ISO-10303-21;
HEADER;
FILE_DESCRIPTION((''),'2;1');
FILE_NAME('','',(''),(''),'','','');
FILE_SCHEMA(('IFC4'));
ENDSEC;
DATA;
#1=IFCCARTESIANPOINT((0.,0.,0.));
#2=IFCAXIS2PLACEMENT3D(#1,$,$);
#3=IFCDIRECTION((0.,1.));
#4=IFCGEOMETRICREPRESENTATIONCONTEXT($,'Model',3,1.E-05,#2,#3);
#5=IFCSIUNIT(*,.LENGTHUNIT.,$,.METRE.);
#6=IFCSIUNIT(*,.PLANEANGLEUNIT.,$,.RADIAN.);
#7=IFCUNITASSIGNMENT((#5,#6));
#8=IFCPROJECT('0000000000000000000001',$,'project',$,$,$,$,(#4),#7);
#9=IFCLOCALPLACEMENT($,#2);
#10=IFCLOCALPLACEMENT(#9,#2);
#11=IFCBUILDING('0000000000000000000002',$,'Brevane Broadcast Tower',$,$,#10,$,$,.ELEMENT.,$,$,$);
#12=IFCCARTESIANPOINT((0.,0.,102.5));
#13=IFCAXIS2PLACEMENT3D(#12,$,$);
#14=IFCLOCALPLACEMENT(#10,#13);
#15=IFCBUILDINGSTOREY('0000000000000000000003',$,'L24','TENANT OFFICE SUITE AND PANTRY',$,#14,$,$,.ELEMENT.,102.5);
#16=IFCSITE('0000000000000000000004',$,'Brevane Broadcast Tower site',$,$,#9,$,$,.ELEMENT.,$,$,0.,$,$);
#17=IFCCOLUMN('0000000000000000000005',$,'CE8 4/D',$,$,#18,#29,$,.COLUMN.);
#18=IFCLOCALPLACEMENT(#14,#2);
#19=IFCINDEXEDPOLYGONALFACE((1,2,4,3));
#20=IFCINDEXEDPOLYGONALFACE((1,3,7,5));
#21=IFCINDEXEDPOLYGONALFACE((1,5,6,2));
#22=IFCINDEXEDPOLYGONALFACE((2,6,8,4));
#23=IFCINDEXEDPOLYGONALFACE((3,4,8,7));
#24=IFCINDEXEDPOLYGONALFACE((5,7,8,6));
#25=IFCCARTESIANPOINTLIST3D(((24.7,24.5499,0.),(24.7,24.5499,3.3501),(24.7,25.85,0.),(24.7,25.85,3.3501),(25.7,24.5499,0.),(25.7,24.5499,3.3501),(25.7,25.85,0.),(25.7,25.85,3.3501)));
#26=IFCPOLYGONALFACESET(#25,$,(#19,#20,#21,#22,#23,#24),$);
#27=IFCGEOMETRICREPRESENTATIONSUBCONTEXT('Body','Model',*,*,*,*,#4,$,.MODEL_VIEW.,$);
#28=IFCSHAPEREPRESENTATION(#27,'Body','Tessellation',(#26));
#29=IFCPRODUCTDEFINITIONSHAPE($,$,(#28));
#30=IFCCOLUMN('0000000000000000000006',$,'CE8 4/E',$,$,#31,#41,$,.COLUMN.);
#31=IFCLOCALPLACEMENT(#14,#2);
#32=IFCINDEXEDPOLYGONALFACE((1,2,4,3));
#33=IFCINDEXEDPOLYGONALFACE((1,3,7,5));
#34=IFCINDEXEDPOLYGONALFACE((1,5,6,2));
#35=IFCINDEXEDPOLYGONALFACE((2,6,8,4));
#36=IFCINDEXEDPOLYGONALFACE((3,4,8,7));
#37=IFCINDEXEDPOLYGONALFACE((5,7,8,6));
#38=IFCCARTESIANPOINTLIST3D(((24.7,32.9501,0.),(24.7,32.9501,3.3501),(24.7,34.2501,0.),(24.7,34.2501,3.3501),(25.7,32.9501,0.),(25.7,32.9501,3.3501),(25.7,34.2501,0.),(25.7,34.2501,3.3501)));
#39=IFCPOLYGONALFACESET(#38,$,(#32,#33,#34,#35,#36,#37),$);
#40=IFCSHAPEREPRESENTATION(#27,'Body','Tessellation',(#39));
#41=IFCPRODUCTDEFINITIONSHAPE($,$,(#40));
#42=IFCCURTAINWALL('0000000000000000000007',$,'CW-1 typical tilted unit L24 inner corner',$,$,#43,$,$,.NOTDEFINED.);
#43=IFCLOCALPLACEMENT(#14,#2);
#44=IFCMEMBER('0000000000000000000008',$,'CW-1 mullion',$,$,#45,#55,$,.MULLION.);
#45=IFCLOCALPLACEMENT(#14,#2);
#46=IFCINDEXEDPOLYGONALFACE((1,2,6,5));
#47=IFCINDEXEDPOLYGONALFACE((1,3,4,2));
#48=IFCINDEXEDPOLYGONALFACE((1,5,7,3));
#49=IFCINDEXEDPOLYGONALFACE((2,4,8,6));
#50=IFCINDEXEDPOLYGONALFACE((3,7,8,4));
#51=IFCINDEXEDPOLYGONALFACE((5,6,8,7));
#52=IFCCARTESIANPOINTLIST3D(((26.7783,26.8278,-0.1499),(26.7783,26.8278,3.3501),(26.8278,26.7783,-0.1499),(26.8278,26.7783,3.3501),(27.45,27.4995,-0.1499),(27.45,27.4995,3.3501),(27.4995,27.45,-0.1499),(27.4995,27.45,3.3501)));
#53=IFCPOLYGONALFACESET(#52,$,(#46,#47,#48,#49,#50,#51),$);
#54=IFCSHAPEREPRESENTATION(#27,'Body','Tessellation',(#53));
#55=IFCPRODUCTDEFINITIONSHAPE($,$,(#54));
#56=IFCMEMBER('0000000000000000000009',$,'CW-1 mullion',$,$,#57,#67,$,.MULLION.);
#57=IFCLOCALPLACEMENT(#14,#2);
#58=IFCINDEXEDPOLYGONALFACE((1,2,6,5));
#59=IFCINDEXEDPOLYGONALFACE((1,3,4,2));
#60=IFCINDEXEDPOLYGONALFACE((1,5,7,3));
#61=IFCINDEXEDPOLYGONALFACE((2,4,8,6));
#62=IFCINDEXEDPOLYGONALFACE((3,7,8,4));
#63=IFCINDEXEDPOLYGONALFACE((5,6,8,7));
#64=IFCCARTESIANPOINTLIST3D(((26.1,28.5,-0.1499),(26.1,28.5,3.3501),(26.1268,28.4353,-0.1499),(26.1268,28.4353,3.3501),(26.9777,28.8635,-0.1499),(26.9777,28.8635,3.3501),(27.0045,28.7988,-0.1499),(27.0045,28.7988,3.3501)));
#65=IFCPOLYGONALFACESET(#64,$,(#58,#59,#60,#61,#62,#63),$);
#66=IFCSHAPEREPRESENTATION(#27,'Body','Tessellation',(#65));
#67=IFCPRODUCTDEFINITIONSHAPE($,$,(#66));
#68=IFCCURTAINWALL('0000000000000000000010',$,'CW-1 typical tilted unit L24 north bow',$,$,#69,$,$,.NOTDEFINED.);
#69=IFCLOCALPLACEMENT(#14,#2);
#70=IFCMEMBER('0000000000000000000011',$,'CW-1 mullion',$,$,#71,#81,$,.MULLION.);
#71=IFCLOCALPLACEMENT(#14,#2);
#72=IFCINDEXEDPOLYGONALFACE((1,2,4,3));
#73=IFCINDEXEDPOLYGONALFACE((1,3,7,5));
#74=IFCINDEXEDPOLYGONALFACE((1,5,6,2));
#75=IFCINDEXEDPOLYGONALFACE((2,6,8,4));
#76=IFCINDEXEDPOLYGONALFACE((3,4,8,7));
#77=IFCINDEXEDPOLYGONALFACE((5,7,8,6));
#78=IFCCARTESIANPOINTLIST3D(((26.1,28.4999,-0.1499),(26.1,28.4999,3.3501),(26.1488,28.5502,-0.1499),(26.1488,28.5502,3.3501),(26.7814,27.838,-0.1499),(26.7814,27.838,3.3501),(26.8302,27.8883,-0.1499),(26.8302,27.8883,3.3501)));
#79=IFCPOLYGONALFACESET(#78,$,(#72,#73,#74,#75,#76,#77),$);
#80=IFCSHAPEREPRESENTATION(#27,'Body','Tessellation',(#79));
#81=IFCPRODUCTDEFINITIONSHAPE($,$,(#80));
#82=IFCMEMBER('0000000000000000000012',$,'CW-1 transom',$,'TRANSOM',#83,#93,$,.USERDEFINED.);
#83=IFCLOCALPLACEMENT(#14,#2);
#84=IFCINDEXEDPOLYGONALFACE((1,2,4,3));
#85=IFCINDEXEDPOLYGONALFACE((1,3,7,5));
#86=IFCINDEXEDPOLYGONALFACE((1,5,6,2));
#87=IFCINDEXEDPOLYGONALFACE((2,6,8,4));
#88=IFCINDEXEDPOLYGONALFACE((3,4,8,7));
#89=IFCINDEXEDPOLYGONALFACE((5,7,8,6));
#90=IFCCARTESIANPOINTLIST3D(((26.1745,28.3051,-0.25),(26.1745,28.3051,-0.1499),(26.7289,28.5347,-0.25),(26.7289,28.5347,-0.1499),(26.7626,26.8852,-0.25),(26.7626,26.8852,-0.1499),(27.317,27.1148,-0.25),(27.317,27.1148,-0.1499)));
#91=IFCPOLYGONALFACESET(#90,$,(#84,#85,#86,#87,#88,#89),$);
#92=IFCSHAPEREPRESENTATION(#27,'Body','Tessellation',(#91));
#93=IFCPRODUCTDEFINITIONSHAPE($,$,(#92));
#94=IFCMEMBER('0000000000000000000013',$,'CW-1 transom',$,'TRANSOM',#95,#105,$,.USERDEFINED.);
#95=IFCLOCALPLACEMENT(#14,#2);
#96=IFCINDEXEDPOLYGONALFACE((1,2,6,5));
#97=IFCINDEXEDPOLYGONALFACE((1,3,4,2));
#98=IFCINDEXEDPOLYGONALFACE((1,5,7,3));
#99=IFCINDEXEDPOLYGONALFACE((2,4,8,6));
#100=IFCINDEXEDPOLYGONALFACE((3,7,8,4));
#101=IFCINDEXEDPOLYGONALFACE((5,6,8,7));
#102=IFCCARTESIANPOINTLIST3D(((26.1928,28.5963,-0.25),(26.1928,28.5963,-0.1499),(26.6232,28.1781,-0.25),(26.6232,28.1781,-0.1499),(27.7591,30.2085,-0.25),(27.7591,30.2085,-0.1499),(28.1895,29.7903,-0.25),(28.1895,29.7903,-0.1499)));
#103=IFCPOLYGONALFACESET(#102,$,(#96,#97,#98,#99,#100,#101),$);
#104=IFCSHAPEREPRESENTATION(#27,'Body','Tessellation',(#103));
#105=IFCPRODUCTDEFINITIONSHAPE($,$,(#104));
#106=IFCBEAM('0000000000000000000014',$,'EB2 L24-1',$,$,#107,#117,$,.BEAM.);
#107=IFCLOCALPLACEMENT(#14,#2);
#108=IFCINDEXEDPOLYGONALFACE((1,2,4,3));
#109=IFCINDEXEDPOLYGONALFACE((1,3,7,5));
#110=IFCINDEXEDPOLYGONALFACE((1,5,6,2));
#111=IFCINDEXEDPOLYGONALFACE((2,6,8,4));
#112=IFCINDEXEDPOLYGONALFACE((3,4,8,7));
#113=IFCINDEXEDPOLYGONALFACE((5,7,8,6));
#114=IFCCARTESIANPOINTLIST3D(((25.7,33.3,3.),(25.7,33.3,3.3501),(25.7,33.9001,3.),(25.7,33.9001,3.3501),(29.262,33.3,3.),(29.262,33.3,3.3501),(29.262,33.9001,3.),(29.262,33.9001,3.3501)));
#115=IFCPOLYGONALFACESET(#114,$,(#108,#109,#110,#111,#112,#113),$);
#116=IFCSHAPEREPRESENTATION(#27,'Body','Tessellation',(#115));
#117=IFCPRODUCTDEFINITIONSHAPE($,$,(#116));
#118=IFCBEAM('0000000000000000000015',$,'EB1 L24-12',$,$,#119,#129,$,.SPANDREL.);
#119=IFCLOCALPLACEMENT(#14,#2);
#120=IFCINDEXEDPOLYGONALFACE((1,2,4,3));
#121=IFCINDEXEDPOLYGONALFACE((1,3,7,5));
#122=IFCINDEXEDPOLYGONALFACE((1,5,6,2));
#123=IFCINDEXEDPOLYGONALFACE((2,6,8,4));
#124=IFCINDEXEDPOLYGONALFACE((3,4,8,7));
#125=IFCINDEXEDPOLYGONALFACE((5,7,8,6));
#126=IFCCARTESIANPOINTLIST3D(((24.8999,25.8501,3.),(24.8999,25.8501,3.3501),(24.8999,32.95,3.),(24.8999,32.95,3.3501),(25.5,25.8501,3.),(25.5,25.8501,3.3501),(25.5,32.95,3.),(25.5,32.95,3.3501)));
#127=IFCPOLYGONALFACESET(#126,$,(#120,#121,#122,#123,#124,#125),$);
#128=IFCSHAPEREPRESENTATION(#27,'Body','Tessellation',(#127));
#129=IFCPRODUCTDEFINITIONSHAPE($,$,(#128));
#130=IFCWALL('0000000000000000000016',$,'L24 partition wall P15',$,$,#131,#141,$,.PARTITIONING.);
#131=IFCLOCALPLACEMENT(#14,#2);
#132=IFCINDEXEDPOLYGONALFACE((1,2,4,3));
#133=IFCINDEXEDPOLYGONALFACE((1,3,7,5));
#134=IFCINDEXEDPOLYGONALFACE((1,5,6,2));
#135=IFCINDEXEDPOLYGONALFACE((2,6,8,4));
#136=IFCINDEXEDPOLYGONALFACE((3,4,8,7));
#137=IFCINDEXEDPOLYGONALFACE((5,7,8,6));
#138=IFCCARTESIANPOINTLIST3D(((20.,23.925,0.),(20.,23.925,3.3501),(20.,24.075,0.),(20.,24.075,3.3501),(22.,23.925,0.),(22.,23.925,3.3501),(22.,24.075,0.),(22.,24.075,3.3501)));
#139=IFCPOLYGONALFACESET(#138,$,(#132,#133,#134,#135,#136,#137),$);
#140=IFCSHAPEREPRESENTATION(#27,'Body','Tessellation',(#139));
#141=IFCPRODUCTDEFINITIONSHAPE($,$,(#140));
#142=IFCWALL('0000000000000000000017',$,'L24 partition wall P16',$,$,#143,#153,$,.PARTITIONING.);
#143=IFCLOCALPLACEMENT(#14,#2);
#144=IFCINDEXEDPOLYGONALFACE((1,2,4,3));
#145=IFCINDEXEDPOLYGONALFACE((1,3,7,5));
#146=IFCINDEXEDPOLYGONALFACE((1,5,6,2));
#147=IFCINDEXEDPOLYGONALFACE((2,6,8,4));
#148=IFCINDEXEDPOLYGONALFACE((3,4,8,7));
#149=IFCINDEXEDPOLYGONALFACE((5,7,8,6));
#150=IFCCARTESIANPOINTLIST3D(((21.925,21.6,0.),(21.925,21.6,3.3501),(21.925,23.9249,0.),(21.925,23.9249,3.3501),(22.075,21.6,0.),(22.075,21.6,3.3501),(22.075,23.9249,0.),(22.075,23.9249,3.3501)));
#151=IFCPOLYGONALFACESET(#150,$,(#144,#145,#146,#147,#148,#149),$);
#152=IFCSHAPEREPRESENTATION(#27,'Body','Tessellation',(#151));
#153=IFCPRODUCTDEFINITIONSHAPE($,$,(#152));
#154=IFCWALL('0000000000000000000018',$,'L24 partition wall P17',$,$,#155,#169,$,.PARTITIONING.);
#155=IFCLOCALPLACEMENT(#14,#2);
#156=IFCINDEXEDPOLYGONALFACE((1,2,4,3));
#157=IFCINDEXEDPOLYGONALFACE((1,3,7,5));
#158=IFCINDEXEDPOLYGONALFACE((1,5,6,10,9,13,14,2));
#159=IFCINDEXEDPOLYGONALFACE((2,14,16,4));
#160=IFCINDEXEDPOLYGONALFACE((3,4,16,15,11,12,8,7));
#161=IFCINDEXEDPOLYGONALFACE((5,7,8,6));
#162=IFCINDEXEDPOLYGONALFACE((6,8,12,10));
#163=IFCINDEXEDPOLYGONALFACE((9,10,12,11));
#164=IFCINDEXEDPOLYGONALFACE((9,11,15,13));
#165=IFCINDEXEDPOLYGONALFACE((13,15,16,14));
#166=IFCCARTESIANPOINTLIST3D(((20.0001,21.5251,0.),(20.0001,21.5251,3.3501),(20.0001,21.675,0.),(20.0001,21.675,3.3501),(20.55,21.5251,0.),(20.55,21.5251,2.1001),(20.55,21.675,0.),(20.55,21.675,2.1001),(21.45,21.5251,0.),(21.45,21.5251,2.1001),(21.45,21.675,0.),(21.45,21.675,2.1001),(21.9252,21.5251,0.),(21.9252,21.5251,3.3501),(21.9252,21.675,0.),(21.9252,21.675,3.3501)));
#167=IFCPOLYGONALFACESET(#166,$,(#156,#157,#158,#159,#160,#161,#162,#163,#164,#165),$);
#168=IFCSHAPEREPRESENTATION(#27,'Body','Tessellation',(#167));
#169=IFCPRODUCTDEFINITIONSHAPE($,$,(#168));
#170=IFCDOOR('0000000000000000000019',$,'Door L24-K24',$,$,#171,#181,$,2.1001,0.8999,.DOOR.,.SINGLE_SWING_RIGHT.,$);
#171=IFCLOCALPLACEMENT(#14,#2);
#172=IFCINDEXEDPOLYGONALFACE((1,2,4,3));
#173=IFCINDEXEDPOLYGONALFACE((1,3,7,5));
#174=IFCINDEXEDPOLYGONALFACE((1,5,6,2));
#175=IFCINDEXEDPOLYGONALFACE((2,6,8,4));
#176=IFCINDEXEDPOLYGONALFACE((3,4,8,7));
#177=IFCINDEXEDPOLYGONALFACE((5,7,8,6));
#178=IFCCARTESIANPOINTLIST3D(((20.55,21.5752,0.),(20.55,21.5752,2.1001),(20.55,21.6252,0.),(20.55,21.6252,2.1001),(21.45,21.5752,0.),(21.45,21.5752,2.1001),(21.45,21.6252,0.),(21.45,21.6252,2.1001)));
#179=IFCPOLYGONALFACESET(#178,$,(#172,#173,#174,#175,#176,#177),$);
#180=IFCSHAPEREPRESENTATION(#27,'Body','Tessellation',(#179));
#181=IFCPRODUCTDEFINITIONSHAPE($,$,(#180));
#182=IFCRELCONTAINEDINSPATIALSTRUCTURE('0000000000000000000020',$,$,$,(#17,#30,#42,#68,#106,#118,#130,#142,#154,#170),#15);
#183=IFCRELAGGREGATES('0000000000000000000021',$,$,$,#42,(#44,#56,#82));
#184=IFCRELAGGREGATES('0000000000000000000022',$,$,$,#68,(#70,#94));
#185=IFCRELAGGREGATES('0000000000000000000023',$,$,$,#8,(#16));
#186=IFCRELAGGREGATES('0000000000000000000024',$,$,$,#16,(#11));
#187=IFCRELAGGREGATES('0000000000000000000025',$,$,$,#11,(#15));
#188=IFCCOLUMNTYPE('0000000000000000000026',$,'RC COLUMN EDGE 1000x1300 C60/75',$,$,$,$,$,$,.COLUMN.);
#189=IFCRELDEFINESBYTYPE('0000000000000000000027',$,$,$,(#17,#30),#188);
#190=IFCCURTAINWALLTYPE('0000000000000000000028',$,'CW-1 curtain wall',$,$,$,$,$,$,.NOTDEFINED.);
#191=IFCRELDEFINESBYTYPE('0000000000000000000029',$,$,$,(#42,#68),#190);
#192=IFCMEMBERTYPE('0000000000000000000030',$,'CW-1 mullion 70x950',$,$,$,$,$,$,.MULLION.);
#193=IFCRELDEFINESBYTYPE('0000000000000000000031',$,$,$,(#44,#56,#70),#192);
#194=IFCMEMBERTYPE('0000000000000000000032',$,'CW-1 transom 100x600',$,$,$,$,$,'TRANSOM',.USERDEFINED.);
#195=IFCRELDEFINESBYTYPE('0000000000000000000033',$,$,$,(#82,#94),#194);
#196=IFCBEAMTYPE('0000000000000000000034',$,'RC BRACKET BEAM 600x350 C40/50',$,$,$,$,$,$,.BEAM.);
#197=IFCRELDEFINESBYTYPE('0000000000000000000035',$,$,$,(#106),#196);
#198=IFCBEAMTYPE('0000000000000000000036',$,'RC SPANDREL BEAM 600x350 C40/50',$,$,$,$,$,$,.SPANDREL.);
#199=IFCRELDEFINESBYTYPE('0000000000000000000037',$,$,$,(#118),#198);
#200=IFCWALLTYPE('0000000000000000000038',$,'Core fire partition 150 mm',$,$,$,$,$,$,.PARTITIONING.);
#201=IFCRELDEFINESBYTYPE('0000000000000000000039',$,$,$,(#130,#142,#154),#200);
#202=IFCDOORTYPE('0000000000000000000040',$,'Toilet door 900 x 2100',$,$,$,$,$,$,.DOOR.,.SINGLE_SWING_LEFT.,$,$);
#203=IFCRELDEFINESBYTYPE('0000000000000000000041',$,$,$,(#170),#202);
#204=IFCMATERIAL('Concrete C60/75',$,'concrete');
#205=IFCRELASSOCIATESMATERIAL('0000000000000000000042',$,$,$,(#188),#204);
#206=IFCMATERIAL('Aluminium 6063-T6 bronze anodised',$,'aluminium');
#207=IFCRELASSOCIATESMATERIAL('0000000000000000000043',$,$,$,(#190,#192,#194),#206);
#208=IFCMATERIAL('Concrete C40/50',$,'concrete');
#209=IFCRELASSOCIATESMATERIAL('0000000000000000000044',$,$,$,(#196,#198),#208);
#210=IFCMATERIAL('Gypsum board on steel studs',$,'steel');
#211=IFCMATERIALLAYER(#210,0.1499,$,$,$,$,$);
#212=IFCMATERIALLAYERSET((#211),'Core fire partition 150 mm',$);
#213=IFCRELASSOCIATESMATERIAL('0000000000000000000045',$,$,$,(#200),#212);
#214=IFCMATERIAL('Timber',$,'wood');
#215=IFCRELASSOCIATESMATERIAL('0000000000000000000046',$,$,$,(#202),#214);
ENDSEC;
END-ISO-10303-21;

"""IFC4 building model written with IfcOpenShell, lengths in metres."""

from ifc_helpers import new_model, si_unit, direction, frame, frame_2d, origin, origin_2d, place, context, subcontext, project, spatial, rectangle, extrude, material, layer, layer_set, material_profile, profile_set, type_object, element, fill, aggregate, save


model = new_model("IFC4")

# Units and contexts
model_context = context("Model", 3, precision=1e-05, world=origin(), true_north=direction((0.0, 1.0)))
body_context = subcontext(model_context, "Body", "Model", "MODEL_VIEW")
ifc_project = project(units=[si_unit("LENGTHUNIT", "METRE"), si_unit("PLANEANGLEUNIT", "RADIAN")], contexts=[model_context])

# Site, building, storey
site_placement = place(None, origin())
site = spatial("IfcSite", under=ifc_project, at=site_placement, Name="Brevane Broadcast Tower site", CompositionType="ELEMENT", RefElevation=0.0)
building_placement = place(site_placement, origin())
building = spatial("IfcBuilding", under=site, at=building_placement, Name="Brevane Broadcast Tower", CompositionType="ELEMENT")
storey_placement = place(building_placement, frame((0.0, 0.0, 102.5)))
storey = spatial("IfcBuildingStorey", under=building, at=storey_placement, Name="L24", Description="TENANT OFFICE SUITE AND PANTRY", CompositionType="ELEMENT", Elevation=102.5)

# Columns
ifc_material_1 = material(Name="Concrete C60/75", Category="concrete")
ifc_material_profile_1 = material_profile(ifc_material_1, rectangle(XDim=1.0, YDim=1.3, at=origin_2d()), Name="RC 1000x1300")
ifc_profile_set_1 = profile_set([ifc_material_profile_1], Name="Concrete C60/75")
column_type = type_object("IfcColumnType", Name="RC COLUMN EDGE 1000x1300 C60/75", PredefinedType="COLUMN", material=ifc_profile_set_1)
for number, where, z_axis, x_axis, name in (
    (1, (25.2, 25.2, 0.0), (0.0, 0.0, 1.0), (1.0, 0.0, 0.0), "CE8 4/D"),
    (2, (25.2, 33.6001, 0.0), (0.0, 0.0, 1.0), (1.0, 0.0, 0.0), "CE8 4/E"),
):
    element("IfcColumn", number, at=place(storey_placement, frame(where, z_axis=z_axis, x_axis=x_axis)), inside=storey, type_object=column_type, Name=name, PredefinedType="COLUMN", context=body_context, shape_type="SweptSolid", body=[
        extrude(rectangle(XDim=1.0, YDim=1.3, at=origin_2d()), origin(), (0.0, 0.0, 1.0), 3.3501),
    ])

# Curtain wall, members
ifc_material_2 = material(Name="Aluminium 6063-T6 bronze anodised", Category="aluminium")
curtain_wall_type = type_object("IfcCurtainWallType", Name="CW-1 curtain wall", PredefinedType="NOTDEFINED", material=ifc_material_2)
curtain_wall_1_placement = place(storey_placement, origin())
curtain_wall_1 = element("IfcCurtainWall", 3, at=curtain_wall_1_placement, inside=storey, type_object=curtain_wall_type, Name="CW-1 typical tilted unit L24 inner corner", PredefinedType="NOTDEFINED")
ifc_material_profile_2 = material_profile(ifc_material_2, rectangle(XDim=0.95, YDim=0.0701, at=origin_2d()), Name="RECT 70x950")
ifc_profile_set_2 = profile_set([ifc_material_profile_2], Name="Aluminium 6063-T6 bronze anodised")
member_type_1 = type_object("IfcMemberType", Name="CW-1 mullion 70x950", PredefinedType="MULLION", material=ifc_profile_set_2)
member_1_placement = place(storey_placement, frame((27.1389, 27.1389, -0.1499), z_axis=(0.0, 0.0, 1.0), x_axis=(-0.707107, -0.707107, 0.0)))
member_1 = element("IfcMember", 4, at=member_1_placement, type_object=member_type_1, Name="CW-1 mullion", PredefinedType="MULLION", context=body_context, shape_type="SweptSolid", body=[
    extrude(rectangle(XDim=0.95, YDim=0.0701, at=origin_2d()), origin(), (0.0, 0.0, 1.0), 3.5),
])
member_2_placement = place(storey_placement, frame((26.5522, 28.6494, -0.1499), z_axis=(0.0, 0.0, 1.0), x_axis=(-0.923879, -0.382684, 0.0)))
member_2 = element("IfcMember", 5, at=member_2_placement, type_object=member_type_1, Name="CW-1 mullion", PredefinedType="MULLION", context=body_context, shape_type="SweptSolid", body=[
    extrude(rectangle(XDim=0.95, YDim=0.0701, at=origin_2d()), origin(), (0.0, 0.0, 1.0), 3.5),
])

# Curtain wall, member
curtain_wall_2_placement = place(storey_placement, origin())
curtain_wall_2 = element("IfcCurtainWall", 6, at=curtain_wall_2_placement, inside=storey, type_object=curtain_wall_type, Name="CW-1 typical tilted unit L24 north bow", PredefinedType="NOTDEFINED")
member_3_placement = place(storey_placement, frame((26.4651, 28.1941, -0.1499), z_axis=(0.0, 0.0, 1.0), x_axis=(-0.717254, 0.696812, 0.0)))
member_3 = element("IfcMember", 7, at=member_3_placement, type_object=member_type_1, Name="CW-1 mullion", PredefinedType="MULLION", context=body_context, shape_type="SweptSolid", body=[
    extrude(rectangle(XDim=0.95, YDim=0.0701, at=origin_2d()), origin(), (0.0, 0.0, 1.0), 3.5),
])

# Members
ifc_material_profile_3 = material_profile(ifc_material_2, rectangle(XDim=0.6001, YDim=0.1001, at=origin_2d()), Name="RECT 100x600")
ifc_profile_set_3 = profile_set([ifc_material_profile_3], Name="Aluminium 6063-T6 bronze anodised")
member_type_2 = type_object("IfcMemberType", Name="CW-1 transom 100x600", ElementType="TRANSOM", PredefinedType="USERDEFINED", material=ifc_profile_set_3)
member_4_placement = place(storey_placement, frame((27.0398, 27.0, -0.2), z_axis=(-0.382674, 0.923883, 0.0), x_axis=(-0.923883, -0.382674, 0.0)))
member_4 = element("IfcMember", 8, at=member_4_placement, type_object=member_type_2, Name="CW-1 transom", ObjectType="TRANSOM", PredefinedType="USERDEFINED", context=body_context, shape_type="SweptSolid", body=[
    extrude(rectangle(XDim=0.6001, YDim=0.1001, at=origin_2d()), origin(), (0.0, 0.0, 1.0), 1.5369),
])
aggregate(curtain_wall_1, [member_1, member_2, member_4])
member_5_placement = place(storey_placement, frame((26.408, 28.3872, -0.2), z_axis=(0.696824, 0.717242, 0.0), x_axis=(-0.717242, 0.696824, 0.0)))
member_5 = element("IfcMember", 9, at=member_5_placement, type_object=member_type_2, Name="CW-1 transom", ObjectType="TRANSOM", PredefinedType="USERDEFINED", context=body_context, shape_type="SweptSolid", body=[
    extrude(rectangle(XDim=0.6001, YDim=0.1001, at=origin_2d()), origin(), (0.0, 0.0, 1.0), 2.2478),
])
aggregate(curtain_wall_2, [member_3, member_5])

# Beams
ifc_material_3 = material(Name="Concrete C40/50", Category="concrete")
ifc_material_profile_4 = material_profile(ifc_material_3, rectangle(XDim=0.6001, YDim=0.3501, at=origin_2d()), Name="RC 600x350")
ifc_profile_set_4 = profile_set([ifc_material_profile_4], Name="Concrete C40/50")
beam_type_1 = type_object("IfcBeamType", Name="RC BRACKET BEAM 600x350 C40/50", PredefinedType="BEAM", material=ifc_profile_set_4)
beam_1_placement = place(storey_placement, frame((25.7, 33.6001, 3.175), z_axis=(1.0, 0.0, 0.0), x_axis=(0.0, 1.0, 0.0)))
element("IfcBeam", 10, at=beam_1_placement, inside=storey, type_object=beam_type_1, Name="EB2 L24-1", PredefinedType="BEAM", context=body_context, shape_type="SweptSolid", body=[
    extrude(rectangle(XDim=0.6001, YDim=0.3501, at=origin_2d()), origin(), (0.0, 0.0, 1.0), 3.562),
])
ifc_material_profile_5 = material_profile(ifc_material_3, rectangle(XDim=0.6001, YDim=0.3501, at=origin_2d()), Name="RC 600x350")
ifc_profile_set_5 = profile_set([ifc_material_profile_5], Name="Concrete C40/50")
beam_type_2 = type_object("IfcBeamType", Name="RC SPANDREL BEAM 600x350 C40/50", PredefinedType="SPANDREL", material=ifc_profile_set_5)
beam_2_placement = place(storey_placement, frame((25.2, 25.8501, 3.175), z_axis=(0.0, 1.0, 0.0), x_axis=(-1.0, 0.0, 0.0)))
element("IfcBeam", 11, at=beam_2_placement, inside=storey, type_object=beam_type_2, Name="EB1 L24-12", PredefinedType="SPANDREL", context=body_context, shape_type="SweptSolid", body=[
    extrude(rectangle(XDim=0.6001, YDim=0.3501, at=origin_2d()), origin(), (0.0, 0.0, 1.0), 7.0999),
])

# Walls
ifc_material_4 = material(Name="Gypsum board on steel studs", Category="steel")
ifc_layer_1 = layer(ifc_material_4, 0.1499)
ifc_layer_set_1 = layer_set([ifc_layer_1], Name="Core fire partition 150 mm")
wall_type_1 = type_object("IfcWallType", Name="Core fire partition 150 mm", PredefinedType="PARTITIONING", material=ifc_layer_set_1)
wall_1_placement = place(storey_placement, frame((20.0, 24.0, 0.0), z_axis=(0.0, 0.0, 1.0), x_axis=(1.0, 0.0, 0.0)))
element("IfcWall", 12, at=wall_1_placement, inside=storey, type_object=wall_type_1, Name="L24 partition wall P15", PredefinedType="PARTITIONING", context=body_context, shape_type="SweptSolid", body=[
    extrude(rectangle(XDim=2.0, YDim=0.1499, at=frame_2d((1.0, 0.0))), origin(), (0.0, 0.0, 1.0), 3.3501),
])
wall_2_placement = place(storey_placement, frame((22.0, 23.925, 0.0), z_axis=(0.0, 0.0, 1.0), x_axis=(0.0, -1.0, 0.0)))
element("IfcWall", 13, at=wall_2_placement, inside=storey, type_object=wall_type_1, Name="L24 partition wall P16", PredefinedType="PARTITIONING", context=body_context, shape_type="SweptSolid", body=[
    extrude(rectangle(XDim=2.325, YDim=0.1499, at=frame_2d((1.1626, 0.0))), origin(), (0.0, 0.0, 1.0), 3.3501),
])

# Wall, opening, door
wall_3_placement = place(storey_placement, frame((21.925, 21.6001, 0.0), z_axis=(0.0, 0.0, 1.0), x_axis=(-1.0, 0.0, 0.0)))
wall_3 = element("IfcWall", 14, at=wall_3_placement, inside=storey, type_object=wall_type_1, Name="L24 partition wall P17", PredefinedType="PARTITIONING", context=body_context, shape_type="SweptSolid", body=[
    extrude(rectangle(XDim=1.925, YDim=0.1499, at=frame_2d((0.9624, 0.0))), origin(), (0.0, 0.0, 1.0), 3.3501),
])
opening_1_placement = place(wall_3_placement, frame((0.4751, 0.0, 0.0)))
opening_1 = element("IfcOpeningElement", 15, at=opening_1_placement, cuts=wall_3, PredefinedType="OPENING", context=body_context, shape_type="SweptSolid", body=[
    extrude(rectangle(XDim=0.8999, YDim=2.1001, at=frame_2d((0.45, 1.05))), frame((0.0, 0.085, 0.0), z_axis=(0.0, -1.0, 0.0), x_axis=(1.0, 0.0, 0.0)), (0.0, 0.0, 1.0), 0.1699),
])
ifc_material_5 = material(Name="Timber", Category="wood")
door_type_1 = type_object("IfcDoorType", Name="Toilet door 900 x 2100", OperationType="SINGLE_SWING_LEFT", PredefinedType="DOOR", material=ifc_material_5)
door_1_placement = place(opening_1_placement, origin())
door_1 = element("IfcDoor", 16, at=door_1_placement, inside=storey, type_object=door_type_1, Name="Door L24-K24", OperationType="SINGLE_SWING_RIGHT", OverallHeight=2.1001, OverallWidth=0.8999, PredefinedType="DOOR", context=body_context, shape_type="SweptSolid", body=[
    extrude(rectangle(XDim=0.8999, YDim=2.1001, at=frame_2d((0.45, 1.05))), frame((0.0, 0.0249, 0.0), z_axis=(0.0, -1.0, 0.0), x_axis=(1.0, 0.0, 0.0)), (0.0, 0.0, 1.0), 0.05),
])
fill(opening_1, door_1)

save(model, "model.ifc")
